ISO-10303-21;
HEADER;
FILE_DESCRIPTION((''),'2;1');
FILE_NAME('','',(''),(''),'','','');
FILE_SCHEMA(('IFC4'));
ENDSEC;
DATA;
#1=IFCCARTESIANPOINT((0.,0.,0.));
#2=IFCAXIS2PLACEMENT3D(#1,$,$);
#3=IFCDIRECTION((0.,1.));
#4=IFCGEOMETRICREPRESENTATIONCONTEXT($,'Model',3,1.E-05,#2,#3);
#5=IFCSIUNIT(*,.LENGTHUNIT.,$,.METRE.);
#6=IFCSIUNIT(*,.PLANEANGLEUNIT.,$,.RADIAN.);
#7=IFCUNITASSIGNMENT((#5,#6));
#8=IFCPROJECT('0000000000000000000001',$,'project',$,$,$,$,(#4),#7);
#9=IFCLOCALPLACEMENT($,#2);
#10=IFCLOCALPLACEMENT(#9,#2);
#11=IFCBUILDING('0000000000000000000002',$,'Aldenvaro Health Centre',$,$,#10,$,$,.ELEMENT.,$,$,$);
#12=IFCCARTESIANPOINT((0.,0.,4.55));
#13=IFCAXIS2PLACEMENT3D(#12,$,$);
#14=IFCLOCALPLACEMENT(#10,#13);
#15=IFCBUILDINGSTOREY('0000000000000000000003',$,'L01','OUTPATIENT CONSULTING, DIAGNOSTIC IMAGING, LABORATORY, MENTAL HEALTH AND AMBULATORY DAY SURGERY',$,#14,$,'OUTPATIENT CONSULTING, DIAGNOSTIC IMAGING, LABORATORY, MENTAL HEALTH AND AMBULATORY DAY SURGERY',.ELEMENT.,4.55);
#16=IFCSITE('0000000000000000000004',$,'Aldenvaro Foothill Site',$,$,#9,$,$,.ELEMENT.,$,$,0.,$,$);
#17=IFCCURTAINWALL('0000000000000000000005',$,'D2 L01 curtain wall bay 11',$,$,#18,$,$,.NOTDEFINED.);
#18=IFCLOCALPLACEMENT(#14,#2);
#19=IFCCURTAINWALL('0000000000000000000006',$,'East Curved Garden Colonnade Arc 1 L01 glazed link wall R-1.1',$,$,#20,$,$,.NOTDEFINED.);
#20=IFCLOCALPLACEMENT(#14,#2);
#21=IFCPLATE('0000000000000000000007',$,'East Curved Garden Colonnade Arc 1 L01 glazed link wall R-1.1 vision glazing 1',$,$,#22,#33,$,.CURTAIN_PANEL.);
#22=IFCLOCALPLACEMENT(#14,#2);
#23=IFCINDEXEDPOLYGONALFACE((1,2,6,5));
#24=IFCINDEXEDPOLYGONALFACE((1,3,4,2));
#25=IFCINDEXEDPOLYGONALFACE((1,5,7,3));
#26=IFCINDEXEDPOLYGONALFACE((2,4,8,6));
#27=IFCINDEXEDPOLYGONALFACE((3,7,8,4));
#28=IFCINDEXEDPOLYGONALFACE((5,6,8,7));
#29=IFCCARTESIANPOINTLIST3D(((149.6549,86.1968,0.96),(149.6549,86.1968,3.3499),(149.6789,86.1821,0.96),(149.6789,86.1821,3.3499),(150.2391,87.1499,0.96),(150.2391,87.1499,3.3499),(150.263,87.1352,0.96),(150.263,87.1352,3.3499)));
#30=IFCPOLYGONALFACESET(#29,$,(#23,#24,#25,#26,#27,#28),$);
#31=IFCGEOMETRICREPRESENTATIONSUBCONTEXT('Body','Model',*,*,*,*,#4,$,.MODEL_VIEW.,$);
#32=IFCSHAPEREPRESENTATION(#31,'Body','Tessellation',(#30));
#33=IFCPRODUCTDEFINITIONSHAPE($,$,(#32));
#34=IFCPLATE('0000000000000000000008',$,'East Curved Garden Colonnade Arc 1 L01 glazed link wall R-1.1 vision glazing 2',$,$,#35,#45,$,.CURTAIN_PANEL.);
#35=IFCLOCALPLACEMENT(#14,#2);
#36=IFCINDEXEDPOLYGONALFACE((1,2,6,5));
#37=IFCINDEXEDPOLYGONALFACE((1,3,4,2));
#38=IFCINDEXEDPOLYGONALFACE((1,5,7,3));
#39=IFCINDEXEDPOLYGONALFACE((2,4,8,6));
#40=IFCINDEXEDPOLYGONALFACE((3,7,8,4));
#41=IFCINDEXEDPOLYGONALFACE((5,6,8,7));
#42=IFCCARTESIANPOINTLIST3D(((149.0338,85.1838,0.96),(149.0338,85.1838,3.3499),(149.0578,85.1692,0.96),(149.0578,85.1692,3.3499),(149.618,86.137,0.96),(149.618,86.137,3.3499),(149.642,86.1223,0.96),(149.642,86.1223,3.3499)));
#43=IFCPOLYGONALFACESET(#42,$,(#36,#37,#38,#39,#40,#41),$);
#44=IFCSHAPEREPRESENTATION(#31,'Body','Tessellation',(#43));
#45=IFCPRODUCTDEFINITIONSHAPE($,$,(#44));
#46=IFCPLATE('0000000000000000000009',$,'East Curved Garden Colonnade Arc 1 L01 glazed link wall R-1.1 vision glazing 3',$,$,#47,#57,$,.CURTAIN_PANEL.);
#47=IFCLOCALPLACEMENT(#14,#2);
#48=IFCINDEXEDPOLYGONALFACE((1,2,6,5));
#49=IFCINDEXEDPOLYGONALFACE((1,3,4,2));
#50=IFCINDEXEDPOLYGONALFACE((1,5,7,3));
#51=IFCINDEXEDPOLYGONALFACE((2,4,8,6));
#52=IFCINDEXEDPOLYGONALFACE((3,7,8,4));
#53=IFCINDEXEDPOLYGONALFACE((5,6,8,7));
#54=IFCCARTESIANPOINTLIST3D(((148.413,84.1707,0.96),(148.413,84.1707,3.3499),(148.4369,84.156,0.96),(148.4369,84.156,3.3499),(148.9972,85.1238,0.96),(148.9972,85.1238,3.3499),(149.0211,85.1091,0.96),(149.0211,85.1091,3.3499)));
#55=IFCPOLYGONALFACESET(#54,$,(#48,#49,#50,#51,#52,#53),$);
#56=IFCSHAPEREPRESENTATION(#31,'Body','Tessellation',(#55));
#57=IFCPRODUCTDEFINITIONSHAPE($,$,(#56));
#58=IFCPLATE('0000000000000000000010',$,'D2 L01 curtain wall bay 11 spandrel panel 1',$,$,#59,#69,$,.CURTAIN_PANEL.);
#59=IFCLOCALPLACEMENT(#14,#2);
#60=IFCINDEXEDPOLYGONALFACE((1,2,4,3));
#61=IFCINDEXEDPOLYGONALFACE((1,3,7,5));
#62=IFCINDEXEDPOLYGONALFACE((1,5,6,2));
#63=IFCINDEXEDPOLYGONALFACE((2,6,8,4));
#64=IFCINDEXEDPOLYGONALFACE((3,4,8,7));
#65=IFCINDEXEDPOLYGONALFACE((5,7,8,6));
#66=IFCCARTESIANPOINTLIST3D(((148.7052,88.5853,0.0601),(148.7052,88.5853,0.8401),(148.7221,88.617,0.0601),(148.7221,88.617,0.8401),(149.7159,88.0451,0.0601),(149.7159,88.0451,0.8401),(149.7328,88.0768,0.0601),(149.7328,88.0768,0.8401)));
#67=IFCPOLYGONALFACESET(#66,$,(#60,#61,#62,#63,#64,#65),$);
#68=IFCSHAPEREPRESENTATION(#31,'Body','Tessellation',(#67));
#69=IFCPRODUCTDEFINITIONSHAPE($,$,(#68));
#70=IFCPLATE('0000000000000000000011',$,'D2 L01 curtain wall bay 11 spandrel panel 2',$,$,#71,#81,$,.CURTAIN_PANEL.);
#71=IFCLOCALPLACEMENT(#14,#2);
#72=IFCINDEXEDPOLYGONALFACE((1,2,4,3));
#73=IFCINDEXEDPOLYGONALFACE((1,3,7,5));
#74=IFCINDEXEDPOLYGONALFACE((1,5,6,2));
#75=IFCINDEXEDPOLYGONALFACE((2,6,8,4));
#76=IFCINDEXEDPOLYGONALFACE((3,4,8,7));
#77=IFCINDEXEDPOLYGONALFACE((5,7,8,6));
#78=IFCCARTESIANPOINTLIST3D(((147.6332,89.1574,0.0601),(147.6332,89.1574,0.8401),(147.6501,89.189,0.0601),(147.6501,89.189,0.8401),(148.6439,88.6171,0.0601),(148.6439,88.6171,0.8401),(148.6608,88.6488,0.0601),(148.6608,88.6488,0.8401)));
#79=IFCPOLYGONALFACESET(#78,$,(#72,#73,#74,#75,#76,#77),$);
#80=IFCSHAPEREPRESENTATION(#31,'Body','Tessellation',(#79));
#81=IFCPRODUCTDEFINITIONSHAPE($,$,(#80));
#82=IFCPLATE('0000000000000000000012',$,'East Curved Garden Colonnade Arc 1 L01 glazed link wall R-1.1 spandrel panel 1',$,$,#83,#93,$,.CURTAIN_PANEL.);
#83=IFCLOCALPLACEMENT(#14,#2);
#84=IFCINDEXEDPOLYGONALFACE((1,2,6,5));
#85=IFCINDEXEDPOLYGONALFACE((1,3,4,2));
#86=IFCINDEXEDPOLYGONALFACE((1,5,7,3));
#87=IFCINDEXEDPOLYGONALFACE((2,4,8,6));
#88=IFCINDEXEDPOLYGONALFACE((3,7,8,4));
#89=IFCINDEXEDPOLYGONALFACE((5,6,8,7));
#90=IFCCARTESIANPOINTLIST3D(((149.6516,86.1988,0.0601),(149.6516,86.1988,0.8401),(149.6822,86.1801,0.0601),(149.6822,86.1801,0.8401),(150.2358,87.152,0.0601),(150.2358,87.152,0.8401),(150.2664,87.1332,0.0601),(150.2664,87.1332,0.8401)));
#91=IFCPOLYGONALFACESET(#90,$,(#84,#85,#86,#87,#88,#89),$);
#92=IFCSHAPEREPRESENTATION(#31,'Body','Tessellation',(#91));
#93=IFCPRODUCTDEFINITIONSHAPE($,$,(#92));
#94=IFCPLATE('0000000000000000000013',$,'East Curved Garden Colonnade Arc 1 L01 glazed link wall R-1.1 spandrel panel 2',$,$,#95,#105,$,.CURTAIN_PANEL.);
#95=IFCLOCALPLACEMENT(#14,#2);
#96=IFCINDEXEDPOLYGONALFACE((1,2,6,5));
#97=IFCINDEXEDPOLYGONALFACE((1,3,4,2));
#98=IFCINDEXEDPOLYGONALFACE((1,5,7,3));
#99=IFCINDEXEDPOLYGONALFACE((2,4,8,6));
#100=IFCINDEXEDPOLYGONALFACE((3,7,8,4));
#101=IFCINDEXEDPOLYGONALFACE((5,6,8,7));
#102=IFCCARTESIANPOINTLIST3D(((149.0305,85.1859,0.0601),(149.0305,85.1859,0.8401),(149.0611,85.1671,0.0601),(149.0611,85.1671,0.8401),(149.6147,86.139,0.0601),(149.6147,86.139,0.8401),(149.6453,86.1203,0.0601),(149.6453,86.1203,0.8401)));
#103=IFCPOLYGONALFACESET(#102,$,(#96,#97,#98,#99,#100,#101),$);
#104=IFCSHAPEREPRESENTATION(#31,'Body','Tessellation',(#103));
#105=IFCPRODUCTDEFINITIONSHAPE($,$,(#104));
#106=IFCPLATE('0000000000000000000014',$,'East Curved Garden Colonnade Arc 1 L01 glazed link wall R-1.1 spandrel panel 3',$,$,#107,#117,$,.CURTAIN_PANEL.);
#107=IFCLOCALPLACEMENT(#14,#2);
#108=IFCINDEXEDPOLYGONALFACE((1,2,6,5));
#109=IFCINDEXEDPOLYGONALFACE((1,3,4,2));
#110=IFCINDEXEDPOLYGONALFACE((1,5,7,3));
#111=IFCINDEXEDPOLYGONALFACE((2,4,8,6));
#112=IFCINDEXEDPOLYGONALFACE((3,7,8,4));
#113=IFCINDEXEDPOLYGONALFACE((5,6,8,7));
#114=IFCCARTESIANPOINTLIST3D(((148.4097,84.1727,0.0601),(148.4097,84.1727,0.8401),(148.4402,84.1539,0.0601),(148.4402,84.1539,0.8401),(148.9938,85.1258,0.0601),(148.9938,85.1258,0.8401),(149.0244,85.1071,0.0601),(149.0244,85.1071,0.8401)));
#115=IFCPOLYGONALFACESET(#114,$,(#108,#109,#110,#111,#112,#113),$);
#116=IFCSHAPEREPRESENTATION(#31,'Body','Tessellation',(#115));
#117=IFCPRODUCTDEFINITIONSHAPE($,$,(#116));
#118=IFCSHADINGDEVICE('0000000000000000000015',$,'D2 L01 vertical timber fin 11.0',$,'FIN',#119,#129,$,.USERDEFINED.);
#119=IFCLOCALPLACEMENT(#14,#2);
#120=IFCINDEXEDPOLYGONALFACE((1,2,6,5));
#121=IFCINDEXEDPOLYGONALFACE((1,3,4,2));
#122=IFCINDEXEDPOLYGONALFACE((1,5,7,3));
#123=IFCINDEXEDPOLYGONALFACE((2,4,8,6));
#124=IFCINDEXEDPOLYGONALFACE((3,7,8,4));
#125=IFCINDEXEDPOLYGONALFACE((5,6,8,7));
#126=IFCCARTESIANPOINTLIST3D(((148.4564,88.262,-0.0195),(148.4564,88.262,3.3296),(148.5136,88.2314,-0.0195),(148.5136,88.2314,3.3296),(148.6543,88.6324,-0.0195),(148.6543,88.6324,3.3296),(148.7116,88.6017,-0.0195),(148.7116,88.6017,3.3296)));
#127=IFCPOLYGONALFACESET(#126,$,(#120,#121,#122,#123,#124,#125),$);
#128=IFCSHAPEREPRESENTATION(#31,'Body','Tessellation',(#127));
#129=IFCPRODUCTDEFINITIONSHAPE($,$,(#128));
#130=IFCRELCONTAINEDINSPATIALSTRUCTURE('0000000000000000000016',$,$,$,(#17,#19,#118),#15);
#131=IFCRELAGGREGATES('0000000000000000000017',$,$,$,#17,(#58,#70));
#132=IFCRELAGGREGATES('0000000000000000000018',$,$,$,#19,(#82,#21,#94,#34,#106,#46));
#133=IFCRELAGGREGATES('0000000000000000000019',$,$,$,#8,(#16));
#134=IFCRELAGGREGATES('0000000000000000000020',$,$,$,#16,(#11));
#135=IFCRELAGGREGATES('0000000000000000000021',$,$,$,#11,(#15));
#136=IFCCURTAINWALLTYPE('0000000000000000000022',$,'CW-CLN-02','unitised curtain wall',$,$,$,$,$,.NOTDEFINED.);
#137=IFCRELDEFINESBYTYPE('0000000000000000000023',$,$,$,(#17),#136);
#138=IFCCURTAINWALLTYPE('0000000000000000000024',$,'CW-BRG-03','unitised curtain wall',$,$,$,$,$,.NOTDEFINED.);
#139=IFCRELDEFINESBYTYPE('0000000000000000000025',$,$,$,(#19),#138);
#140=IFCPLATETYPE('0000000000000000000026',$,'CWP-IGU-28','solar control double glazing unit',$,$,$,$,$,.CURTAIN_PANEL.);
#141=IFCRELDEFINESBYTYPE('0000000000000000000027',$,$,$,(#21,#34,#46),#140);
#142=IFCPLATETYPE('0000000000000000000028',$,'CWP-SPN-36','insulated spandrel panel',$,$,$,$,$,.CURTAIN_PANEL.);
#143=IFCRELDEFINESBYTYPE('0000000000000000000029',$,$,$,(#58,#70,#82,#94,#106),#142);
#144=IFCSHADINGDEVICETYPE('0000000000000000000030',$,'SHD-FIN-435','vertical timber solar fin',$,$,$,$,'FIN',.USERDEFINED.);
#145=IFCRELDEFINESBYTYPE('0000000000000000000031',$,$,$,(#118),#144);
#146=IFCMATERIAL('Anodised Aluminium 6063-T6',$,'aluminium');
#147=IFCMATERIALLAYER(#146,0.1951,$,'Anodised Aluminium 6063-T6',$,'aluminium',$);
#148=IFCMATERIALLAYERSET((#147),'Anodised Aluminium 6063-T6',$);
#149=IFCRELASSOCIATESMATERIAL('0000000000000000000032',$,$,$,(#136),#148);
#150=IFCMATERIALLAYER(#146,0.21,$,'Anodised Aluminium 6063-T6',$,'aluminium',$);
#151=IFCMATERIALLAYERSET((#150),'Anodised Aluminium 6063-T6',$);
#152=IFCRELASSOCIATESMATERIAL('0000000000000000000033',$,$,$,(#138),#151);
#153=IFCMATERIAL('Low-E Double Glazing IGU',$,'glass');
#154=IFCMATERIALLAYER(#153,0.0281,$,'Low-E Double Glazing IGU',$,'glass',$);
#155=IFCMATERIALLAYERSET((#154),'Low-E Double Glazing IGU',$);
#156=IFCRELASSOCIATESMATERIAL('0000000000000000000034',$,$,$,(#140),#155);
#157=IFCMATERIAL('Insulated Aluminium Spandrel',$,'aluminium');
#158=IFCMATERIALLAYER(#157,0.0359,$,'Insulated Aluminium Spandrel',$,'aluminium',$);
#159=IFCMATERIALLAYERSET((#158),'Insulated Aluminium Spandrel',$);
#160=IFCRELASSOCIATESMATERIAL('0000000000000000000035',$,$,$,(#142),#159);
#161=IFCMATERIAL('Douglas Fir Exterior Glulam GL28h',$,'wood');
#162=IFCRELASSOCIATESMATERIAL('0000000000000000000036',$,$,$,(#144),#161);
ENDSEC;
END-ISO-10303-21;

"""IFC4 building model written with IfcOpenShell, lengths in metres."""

from ifc_helpers import new_model, si_unit, direction, frame, origin, origin_2d, place, context, subcontext, project, spatial, rectangle, extrude, material, layer, layer_set, type_object, element, aggregate, save


model = new_model("IFC4")

# Units and contexts
model_context = context("Model", 3, precision=1e-05, world=origin(), true_north=direction((0.0, 1.0)))
body_context = subcontext(model_context, "Body", "Model", "MODEL_VIEW")
ifc_project = project(units=[si_unit("LENGTHUNIT", "METRE"), si_unit("PLANEANGLEUNIT", "RADIAN")], contexts=[model_context])

# Site, building, storey
site_placement = place(None, origin())
site = spatial("IfcSite", under=ifc_project, at=site_placement, Name="Aldenvaro Foothill Site", CompositionType="ELEMENT", RefElevation=0.0)
building_placement = place(site_placement, origin())
building = spatial("IfcBuilding", under=site, at=building_placement, Name="Aldenvaro Health Centre", CompositionType="ELEMENT")
storey_placement = place(building_placement, frame((0.0, 0.0, 4.55)))
storey = spatial("IfcBuildingStorey", under=building, at=storey_placement, Name="L01", Description="OUTPATIENT CONSULTING, DIAGNOSTIC IMAGING, LABORATORY, MENTAL HEALTH AND AMBULATORY DAY SURGERY", LongName="OUTPATIENT CONSULTING, DIAGNOSTIC IMAGING, LABORATORY, MENTAL HEALTH AND AMBULATORY DAY SURGERY", CompositionType="ELEMENT", Elevation=4.55)

# Curtain walls
ifc_material_1 = material(Name="Anodised Aluminium 6063-T6", Category="aluminium")
ifc_layer_1 = layer(ifc_material_1, 0.1951, Name="Anodised Aluminium 6063-T6", Category="aluminium")
ifc_layer_set_1 = layer_set([ifc_layer_1], Name="Anodised Aluminium 6063-T6")
curtain_wall_type_1 = type_object("IfcCurtainWallType", Name="CW-CLN-02", Description="unitised curtain wall", PredefinedType="NOTDEFINED", material=ifc_layer_set_1)
curtain_wall_1_placement = place(storey_placement, origin())
curtain_wall_1 = element("IfcCurtainWall", 1, at=curtain_wall_1_placement, inside=storey, type_object=curtain_wall_type_1, Name="D2 L01 curtain wall bay 11", PredefinedType="NOTDEFINED")
ifc_layer_2 = layer(ifc_material_1, 0.21, Name="Anodised Aluminium 6063-T6", Category="aluminium")
ifc_layer_set_2 = layer_set([ifc_layer_2], Name="Anodised Aluminium 6063-T6")
curtain_wall_type_2 = type_object("IfcCurtainWallType", Name="CW-BRG-03", Description="unitised curtain wall", PredefinedType="NOTDEFINED", material=ifc_layer_set_2)
curtain_wall_2_placement = place(storey_placement, origin())
curtain_wall_2 = element("IfcCurtainWall", 2, at=curtain_wall_2_placement, inside=storey, type_object=curtain_wall_type_2, Name="East Curved Garden Colonnade Arc 1 L01 glazed link wall R-1.1", PredefinedType="NOTDEFINED")

# Plates
ifc_material_2 = material(Name="Low-E Double Glazing IGU", Category="glass")
ifc_layer_3 = layer(ifc_material_2, 0.0281, Name="Low-E Double Glazing IGU", Category="glass")
ifc_layer_set_3 = layer_set([ifc_layer_3], Name="Low-E Double Glazing IGU")
plate_type_1 = type_object("IfcPlateType", Name="CWP-IGU-28", Description="solar control double glazing unit", PredefinedType="CURTAIN_PANEL", material=ifc_layer_set_3)
plate_1_placement = place(storey_placement, frame((149.959, 86.666, 0.96), z_axis=(0.0, 0.0, 1.0), x_axis=(-0.522562, -0.852601, 0.0)))
plate_1 = element("IfcPlate", 3, at=plate_1_placement, type_object=plate_type_1, Name="East Curved Garden Colonnade Arc 1 L01 glazed link wall R-1.1 vision glazing 1", PredefinedType="CURTAIN_PANEL", context=body_context, shape_type="SweptSolid", body=[
    extrude(rectangle(XDim=1.1179, YDim=0.0281, at=origin_2d()), origin(), (0.0, 0.0, 1.0), 2.3899),
])
plate_2_placement = place(storey_placement, frame((149.3379, 85.6531, 0.96), z_axis=(0.0, 0.0, 1.0), x_axis=(-0.522562, -0.852601, 0.0)))
plate_2 = element("IfcPlate", 4, at=plate_2_placement, type_object=plate_type_1, Name="East Curved Garden Colonnade Arc 1 L01 glazed link wall R-1.1 vision glazing 2", PredefinedType="CURTAIN_PANEL", context=body_context, shape_type="SweptSolid", body=[
    extrude(rectangle(XDim=1.1179, YDim=0.0281, at=origin_2d()), origin(), (0.0, 0.0, 1.0), 2.3899),
])
plate_3_placement = place(storey_placement, frame((148.717, 84.6399, 0.96), z_axis=(0.0, 0.0, 1.0), x_axis=(-0.522562, -0.852601, 0.0)))
plate_3 = element("IfcPlate", 5, at=plate_3_placement, type_object=plate_type_1, Name="East Curved Garden Colonnade Arc 1 L01 glazed link wall R-1.1 vision glazing 3", PredefinedType="CURTAIN_PANEL", context=body_context, shape_type="SweptSolid", body=[
    extrude(rectangle(XDim=1.1179, YDim=0.0281, at=origin_2d()), origin(), (0.0, 0.0, 1.0), 2.3899),
])
ifc_material_3 = material(Name="Insulated Aluminium Spandrel", Category="aluminium")
ifc_layer_4 = layer(ifc_material_3, 0.0359, Name="Insulated Aluminium Spandrel", Category="aluminium")
ifc_layer_set_4 = layer_set([ifc_layer_4], Name="Insulated Aluminium Spandrel")
plate_type_2 = type_object("IfcPlateType", Name="CWP-SPN-36", Description="insulated spandrel panel", PredefinedType="CURTAIN_PANEL", material=ifc_layer_set_4)
plate_4_placement = place(storey_placement, frame((149.219, 88.3311, 0.0601), z_axis=(0.0, 0.0, 1.0), x_axis=(-0.88192, 0.471399, 0.0)))
plate_4 = element("IfcPlate", 6, at=plate_4_placement, type_object=plate_type_2, Name="D2 L01 curtain wall bay 11 spandrel panel 1", PredefinedType="CURTAIN_PANEL", context=body_context, shape_type="SweptSolid", body=[
    extrude(rectangle(XDim=1.146, YDim=0.0359, at=origin_2d()), origin(), (0.0, 0.0, 1.0), 0.78),
])
plate_5_placement = place(storey_placement, frame((148.147, 88.9031, 0.0601), z_axis=(0.0, 0.0, 1.0), x_axis=(-0.88192, 0.471399, 0.0)))
plate_5 = element("IfcPlate", 7, at=plate_5_placement, type_object=plate_type_2, Name="D2 L01 curtain wall bay 11 spandrel panel 2", PredefinedType="CURTAIN_PANEL", context=body_context, shape_type="SweptSolid", body=[
    extrude(rectangle(XDim=1.146, YDim=0.0359, at=origin_2d()), origin(), (0.0, 0.0, 1.0), 0.78),
])
aggregate(curtain_wall_1, [plate_4, plate_5])
plate_6_placement = place(storey_placement, frame((149.959, 86.666, 0.0601), z_axis=(0.0, 0.0, 1.0), x_axis=(-0.522562, -0.852601, 0.0)))
plate_6 = element("IfcPlate", 8, at=plate_6_placement, type_object=plate_type_2, Name="East Curved Garden Colonnade Arc 1 L01 glazed link wall R-1.1 spandrel panel 1", PredefinedType="CURTAIN_PANEL", context=body_context, shape_type="SweptSolid", body=[
    extrude(rectangle(XDim=1.1179, YDim=0.0359, at=origin_2d()), origin(), (0.0, 0.0, 1.0), 0.78),
])
plate_7_placement = place(storey_placement, frame((149.3379, 85.6531, 0.0601), z_axis=(0.0, 0.0, 1.0), x_axis=(-0.522562, -0.852601, 0.0)))
plate_7 = element("IfcPlate", 9, at=plate_7_placement, type_object=plate_type_2, Name="East Curved Garden Colonnade Arc 1 L01 glazed link wall R-1.1 spandrel panel 2", PredefinedType="CURTAIN_PANEL", context=body_context, shape_type="SweptSolid", body=[
    extrude(rectangle(XDim=1.1179, YDim=0.0359, at=origin_2d()), origin(), (0.0, 0.0, 1.0), 0.78),
])
plate_8_placement = place(storey_placement, frame((148.717, 84.6399, 0.0601), z_axis=(0.0, 0.0, 1.0), x_axis=(-0.522562, -0.852601, 0.0)))
plate_8 = element("IfcPlate", 10, at=plate_8_placement, type_object=plate_type_2, Name="East Curved Garden Colonnade Arc 1 L01 glazed link wall R-1.1 spandrel panel 3", PredefinedType="CURTAIN_PANEL", context=body_context, shape_type="SweptSolid", body=[
    extrude(rectangle(XDim=1.1179, YDim=0.0359, at=origin_2d()), origin(), (0.0, 0.0, 1.0), 0.78),
])
aggregate(curtain_wall_2, [plate_6, plate_1, plate_7, plate_2, plate_8, plate_3])

# Shading device
ifc_material_4 = material(Name="Douglas Fir Exterior Glulam GL28h", Category="wood")
shading_device_type = type_object("IfcShadingDeviceType", Name="SHD-FIN-435", Description="vertical timber solar fin", ElementType="FIN", PredefinedType="USERDEFINED", material=ifc_material_4)
shading_device_placement = place(storey_placement, frame((148.584, 88.4319, -0.0195), z_axis=(0.0, 0.0, 1.0), x_axis=(-0.88192, 0.471399, 0.0)))
element("IfcShadingDevice", 11, at=shading_device_placement, inside=storey, type_object=shading_device_type, Name="D2 L01 vertical timber fin 11.0", ObjectType="FIN", PredefinedType="USERDEFINED", context=body_context, shape_type="SweptSolid", body=[
    extrude(rectangle(XDim=0.0649, YDim=0.4199, at=origin_2d()), origin(), (0.0, 0.0, 1.0), 3.3491),
])

save(model, "model.ifc")
